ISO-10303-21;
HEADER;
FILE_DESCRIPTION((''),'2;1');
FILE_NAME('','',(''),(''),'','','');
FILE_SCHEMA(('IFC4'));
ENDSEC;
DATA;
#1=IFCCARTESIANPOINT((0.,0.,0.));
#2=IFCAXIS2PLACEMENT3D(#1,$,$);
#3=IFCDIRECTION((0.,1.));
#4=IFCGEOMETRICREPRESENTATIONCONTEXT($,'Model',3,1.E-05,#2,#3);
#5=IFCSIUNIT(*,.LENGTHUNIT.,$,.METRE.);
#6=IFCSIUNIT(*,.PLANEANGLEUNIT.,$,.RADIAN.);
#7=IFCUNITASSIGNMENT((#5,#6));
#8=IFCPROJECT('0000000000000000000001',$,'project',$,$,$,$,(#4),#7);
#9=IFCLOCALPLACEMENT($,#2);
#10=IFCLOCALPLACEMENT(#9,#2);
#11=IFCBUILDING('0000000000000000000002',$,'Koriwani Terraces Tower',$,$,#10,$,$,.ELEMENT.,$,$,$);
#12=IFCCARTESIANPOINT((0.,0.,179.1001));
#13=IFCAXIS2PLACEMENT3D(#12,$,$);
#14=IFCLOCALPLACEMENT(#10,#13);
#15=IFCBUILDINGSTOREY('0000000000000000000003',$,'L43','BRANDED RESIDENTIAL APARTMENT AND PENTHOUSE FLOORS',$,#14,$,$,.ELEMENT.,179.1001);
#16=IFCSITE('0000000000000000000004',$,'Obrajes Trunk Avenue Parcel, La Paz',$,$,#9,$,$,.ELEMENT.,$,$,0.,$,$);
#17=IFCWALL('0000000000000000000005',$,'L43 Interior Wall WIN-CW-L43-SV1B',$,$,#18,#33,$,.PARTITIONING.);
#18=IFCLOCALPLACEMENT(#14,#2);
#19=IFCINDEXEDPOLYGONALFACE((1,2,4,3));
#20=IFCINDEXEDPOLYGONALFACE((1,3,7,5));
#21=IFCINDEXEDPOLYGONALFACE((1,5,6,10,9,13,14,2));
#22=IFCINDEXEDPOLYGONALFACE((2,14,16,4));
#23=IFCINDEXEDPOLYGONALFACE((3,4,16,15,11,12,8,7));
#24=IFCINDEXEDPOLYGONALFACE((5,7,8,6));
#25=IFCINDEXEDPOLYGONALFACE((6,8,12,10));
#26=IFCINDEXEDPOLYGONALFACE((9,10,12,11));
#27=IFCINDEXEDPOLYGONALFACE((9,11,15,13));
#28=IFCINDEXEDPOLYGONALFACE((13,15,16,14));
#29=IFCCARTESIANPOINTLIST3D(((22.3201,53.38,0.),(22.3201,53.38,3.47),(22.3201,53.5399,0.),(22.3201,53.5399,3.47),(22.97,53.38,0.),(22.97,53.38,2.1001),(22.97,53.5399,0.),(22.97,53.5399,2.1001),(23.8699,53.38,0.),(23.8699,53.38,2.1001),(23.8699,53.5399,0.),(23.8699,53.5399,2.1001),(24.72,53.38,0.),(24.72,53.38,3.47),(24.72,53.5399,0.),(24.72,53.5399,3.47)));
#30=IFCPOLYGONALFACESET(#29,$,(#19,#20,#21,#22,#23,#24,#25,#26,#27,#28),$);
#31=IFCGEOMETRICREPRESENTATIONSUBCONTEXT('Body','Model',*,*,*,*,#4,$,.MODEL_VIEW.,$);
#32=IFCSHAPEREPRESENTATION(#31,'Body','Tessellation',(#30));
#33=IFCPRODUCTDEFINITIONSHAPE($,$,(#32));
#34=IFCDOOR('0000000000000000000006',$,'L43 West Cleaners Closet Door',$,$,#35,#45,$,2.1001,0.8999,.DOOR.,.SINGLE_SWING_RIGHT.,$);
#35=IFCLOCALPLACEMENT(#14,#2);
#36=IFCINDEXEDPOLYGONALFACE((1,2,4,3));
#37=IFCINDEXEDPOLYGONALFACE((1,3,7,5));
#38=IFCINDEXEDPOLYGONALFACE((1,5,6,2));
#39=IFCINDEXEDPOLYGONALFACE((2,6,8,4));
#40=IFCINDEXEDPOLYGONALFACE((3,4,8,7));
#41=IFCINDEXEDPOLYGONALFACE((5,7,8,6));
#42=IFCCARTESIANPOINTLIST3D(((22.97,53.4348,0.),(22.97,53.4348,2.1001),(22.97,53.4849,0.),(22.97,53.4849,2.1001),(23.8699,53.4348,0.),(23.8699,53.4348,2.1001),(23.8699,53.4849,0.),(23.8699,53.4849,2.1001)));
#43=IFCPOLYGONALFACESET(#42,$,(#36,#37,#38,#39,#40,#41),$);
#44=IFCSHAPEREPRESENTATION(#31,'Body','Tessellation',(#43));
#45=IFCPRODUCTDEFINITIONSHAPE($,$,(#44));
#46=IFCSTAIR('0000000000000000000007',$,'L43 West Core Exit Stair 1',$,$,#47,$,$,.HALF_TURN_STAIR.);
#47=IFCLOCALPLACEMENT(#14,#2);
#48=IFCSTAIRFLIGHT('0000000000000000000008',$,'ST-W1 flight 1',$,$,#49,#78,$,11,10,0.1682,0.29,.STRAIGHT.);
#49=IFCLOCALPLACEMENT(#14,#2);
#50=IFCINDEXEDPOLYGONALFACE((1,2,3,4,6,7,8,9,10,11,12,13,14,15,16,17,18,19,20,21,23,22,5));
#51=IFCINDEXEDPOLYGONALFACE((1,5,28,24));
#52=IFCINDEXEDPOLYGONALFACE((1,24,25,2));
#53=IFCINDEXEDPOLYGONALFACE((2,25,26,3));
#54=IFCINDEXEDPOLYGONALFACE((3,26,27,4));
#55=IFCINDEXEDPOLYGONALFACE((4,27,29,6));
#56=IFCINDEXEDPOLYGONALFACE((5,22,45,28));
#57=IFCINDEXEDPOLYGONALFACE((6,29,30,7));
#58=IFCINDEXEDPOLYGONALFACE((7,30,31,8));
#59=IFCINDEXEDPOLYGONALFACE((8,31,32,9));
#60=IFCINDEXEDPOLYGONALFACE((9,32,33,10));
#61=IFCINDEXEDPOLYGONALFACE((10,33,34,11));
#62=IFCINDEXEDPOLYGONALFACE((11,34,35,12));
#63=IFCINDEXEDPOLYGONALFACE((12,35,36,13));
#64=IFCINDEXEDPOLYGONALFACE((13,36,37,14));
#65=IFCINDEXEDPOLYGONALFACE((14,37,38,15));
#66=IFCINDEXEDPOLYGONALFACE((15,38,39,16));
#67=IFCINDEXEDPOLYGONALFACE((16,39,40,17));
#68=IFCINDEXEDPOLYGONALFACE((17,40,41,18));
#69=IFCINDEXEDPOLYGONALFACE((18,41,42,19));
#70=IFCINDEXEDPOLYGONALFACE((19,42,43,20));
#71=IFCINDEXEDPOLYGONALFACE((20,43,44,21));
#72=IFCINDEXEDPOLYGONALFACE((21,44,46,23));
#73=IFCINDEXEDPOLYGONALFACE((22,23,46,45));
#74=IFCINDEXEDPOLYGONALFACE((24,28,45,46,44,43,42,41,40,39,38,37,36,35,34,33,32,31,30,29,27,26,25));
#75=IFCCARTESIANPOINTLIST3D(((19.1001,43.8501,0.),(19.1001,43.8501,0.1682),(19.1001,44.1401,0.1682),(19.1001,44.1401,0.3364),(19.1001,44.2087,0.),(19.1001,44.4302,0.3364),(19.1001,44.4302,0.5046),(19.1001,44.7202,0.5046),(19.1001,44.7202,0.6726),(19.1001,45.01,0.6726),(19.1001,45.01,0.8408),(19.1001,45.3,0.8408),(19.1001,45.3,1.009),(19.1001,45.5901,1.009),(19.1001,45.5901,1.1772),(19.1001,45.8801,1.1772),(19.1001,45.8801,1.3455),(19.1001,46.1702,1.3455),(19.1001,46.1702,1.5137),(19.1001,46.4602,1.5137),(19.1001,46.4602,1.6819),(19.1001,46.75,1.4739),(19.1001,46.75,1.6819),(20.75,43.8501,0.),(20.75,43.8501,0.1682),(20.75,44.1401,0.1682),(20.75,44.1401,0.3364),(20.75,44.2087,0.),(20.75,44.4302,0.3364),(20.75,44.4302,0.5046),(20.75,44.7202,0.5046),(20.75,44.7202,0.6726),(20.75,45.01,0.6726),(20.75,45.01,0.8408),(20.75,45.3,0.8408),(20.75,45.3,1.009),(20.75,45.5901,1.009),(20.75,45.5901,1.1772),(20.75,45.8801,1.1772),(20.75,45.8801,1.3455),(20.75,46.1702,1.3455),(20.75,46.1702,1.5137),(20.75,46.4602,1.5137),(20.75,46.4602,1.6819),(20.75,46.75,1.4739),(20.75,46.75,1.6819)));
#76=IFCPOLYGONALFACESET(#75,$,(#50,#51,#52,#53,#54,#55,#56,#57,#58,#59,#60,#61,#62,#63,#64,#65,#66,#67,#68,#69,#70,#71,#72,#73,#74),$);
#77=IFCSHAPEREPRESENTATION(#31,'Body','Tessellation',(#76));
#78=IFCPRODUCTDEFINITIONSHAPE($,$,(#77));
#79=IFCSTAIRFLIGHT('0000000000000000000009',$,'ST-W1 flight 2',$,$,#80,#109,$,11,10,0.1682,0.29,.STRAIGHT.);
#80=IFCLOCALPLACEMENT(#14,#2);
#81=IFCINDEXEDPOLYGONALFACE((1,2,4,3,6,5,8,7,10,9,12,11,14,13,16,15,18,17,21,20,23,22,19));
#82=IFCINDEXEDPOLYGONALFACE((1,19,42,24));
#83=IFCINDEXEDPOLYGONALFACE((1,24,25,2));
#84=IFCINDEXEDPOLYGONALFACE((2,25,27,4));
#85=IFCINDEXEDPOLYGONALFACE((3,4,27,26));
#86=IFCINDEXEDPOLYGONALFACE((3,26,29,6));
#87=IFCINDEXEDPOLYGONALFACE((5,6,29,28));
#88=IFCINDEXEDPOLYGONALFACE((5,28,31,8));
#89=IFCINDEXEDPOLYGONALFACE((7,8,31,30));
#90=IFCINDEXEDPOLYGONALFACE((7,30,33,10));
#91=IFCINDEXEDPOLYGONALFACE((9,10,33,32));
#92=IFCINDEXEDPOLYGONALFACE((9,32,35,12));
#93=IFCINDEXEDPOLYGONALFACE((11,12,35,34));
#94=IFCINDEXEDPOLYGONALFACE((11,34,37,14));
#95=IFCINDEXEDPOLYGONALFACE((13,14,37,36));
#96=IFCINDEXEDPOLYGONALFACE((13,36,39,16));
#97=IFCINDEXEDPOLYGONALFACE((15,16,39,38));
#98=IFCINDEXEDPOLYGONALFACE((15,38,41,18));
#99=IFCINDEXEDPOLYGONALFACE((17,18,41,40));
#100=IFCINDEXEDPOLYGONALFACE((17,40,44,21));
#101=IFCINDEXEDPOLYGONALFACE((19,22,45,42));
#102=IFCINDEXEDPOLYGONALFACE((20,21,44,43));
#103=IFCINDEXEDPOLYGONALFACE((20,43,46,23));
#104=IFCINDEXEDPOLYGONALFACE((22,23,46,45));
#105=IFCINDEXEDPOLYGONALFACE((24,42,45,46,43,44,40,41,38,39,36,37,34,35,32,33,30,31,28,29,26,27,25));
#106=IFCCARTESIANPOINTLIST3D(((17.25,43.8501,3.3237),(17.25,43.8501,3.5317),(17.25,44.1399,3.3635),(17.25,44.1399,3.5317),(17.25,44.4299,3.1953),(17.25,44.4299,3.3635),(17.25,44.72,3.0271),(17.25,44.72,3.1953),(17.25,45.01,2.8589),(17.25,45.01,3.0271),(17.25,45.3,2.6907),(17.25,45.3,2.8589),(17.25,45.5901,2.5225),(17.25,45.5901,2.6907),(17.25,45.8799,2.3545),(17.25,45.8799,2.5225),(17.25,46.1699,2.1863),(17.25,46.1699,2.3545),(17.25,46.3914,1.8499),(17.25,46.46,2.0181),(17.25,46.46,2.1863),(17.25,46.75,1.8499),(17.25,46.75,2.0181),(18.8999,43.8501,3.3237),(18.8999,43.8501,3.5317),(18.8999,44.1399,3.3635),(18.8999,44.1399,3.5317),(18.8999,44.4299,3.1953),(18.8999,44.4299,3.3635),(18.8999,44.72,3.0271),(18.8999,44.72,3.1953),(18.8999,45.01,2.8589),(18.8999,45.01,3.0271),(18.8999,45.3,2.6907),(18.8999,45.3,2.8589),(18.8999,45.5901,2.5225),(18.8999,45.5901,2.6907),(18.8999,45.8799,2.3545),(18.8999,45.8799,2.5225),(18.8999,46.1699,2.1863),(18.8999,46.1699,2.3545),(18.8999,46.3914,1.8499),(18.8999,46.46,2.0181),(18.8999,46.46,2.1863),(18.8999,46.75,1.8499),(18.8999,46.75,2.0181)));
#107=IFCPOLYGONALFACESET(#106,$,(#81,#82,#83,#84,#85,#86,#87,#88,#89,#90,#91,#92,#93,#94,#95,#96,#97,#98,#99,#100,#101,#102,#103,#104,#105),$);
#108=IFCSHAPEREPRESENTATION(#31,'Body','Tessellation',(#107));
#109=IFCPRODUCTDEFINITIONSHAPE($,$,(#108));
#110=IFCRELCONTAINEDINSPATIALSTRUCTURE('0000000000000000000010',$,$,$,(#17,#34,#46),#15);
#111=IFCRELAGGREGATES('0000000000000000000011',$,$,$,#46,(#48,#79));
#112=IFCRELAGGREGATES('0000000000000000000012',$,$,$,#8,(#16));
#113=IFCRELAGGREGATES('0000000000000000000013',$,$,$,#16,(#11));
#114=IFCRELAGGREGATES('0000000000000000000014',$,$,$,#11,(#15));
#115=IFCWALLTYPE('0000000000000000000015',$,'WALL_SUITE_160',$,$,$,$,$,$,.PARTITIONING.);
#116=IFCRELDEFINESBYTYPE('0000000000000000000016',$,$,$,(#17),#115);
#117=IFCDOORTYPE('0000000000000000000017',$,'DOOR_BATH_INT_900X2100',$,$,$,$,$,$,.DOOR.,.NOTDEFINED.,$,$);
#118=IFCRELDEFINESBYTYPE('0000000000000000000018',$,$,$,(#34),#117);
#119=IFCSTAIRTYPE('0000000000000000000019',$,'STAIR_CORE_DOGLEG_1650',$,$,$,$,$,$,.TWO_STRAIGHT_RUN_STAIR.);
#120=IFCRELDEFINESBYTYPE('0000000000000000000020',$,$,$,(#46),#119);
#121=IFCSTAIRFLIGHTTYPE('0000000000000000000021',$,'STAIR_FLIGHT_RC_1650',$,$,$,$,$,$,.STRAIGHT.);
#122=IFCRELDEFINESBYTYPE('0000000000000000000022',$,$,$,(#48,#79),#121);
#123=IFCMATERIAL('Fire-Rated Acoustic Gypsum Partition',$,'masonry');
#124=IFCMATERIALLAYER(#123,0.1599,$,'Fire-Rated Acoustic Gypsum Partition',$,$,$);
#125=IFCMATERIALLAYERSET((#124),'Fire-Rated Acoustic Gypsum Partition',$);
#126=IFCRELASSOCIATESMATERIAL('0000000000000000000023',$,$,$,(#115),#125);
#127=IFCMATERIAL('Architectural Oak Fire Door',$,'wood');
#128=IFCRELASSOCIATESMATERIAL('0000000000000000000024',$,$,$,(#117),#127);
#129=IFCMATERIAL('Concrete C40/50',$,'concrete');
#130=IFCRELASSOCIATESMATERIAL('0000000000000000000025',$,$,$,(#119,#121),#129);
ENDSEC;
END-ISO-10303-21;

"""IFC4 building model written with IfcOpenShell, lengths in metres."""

from ifc_helpers import new_model, si_unit, direction, frame, frame_2d, origin, place, context, subcontext, project, spatial, polyline, rectangle, outline, extrude, material, layer, layer_set, type_object, element, fill, aggregate, save


model = new_model("IFC4")

# Units and contexts
model_context = context("Model", 3, precision=1e-05, world=origin(), true_north=direction((0.0, 1.0)))
body_context = subcontext(model_context, "Body", "Model", "MODEL_VIEW")
ifc_project = project(units=[si_unit("LENGTHUNIT", "METRE"), si_unit("PLANEANGLEUNIT", "RADIAN")], contexts=[model_context])

# Site, building, storey
site_placement = place(None, origin())
site = spatial("IfcSite", under=ifc_project, at=site_placement, Name="Obrajes Trunk Avenue Parcel, La Paz", CompositionType="ELEMENT", RefElevation=0.0)
building_placement = place(site_placement, origin())
building = spatial("IfcBuilding", under=site, at=building_placement, Name="Koriwani Terraces Tower", CompositionType="ELEMENT")
storey_placement = place(building_placement, frame((0.0, 0.0, 179.1001)))
storey = spatial("IfcBuildingStorey", under=building, at=storey_placement, Name="L43", Description="BRANDED RESIDENTIAL APARTMENT AND PENTHOUSE FLOORS", CompositionType="ELEMENT", Elevation=179.1001)

# Shared definitions
ifc_material_1 = material(Name="Concrete C40/50", Category="concrete")

# Wall, opening, door
ifc_material_2 = material(Name="Fire-Rated Acoustic Gypsum Partition", Category="masonry")
ifc_layer_1 = layer(ifc_material_2, 0.1599, Name="Fire-Rated Acoustic Gypsum Partition")
ifc_layer_set_1 = layer_set([ifc_layer_1], Name="Fire-Rated Acoustic Gypsum Partition")
wall_type_1 = type_object("IfcWallType", Name="WALL_SUITE_160", PredefinedType="PARTITIONING", material=ifc_layer_set_1)
ifc_material_3 = material(Name="Architectural Oak Fire Door", Category="wood")
door_type_1 = type_object("IfcDoorType", Name="DOOR_BATH_INT_900X2100", OperationType="NOTDEFINED", PredefinedType="DOOR", material=ifc_material_3)
wall_1_placement = place(storey_placement, frame((22.3201, 53.46, 0.0), z_axis=(0.0, 0.0, 1.0), x_axis=(1.0, 0.0, 0.0)))
wall_1 = element("IfcWall", 1, at=wall_1_placement, inside=storey, type_object=wall_type_1, Name="L43 Interior Wall WIN-CW-L43-SV1B", PredefinedType="PARTITIONING", context=body_context, shape_type="SweptSolid", body=[
    extrude(rectangle(XDim=2.3999, YDim=0.1599, at=frame_2d((1.2, 0.0))), origin(), (0.0, 0.0, 1.0), 3.47),
])
opening_1_placement = place(wall_1_placement, frame((0.6499, 0.0, 0.0)))
opening_1 = element("IfcOpeningElement", 2, at=opening_1_placement, cuts=wall_1, PredefinedType="OPENING", context=body_context, shape_type="SweptSolid", body=[
    extrude(rectangle(XDim=0.8999, YDim=2.1001, at=frame_2d((0.45, 1.05))), frame((0.0, 0.0898, 0.0), z_axis=(0.0, -1.0, 0.0), x_axis=(1.0, 0.0, 0.0)), (0.0, 0.0, 1.0), 0.1799),
])
door_1_placement = place(opening_1_placement, origin())
door_1 = element("IfcDoor", 3, at=door_1_placement, inside=storey, type_object=door_type_1, Name="L43 West Cleaners Closet Door", OperationType="SINGLE_SWING_RIGHT", OverallHeight=2.1001, OverallWidth=0.8999, PredefinedType="DOOR", context=body_context, shape_type="SweptSolid", body=[
    extrude(rectangle(XDim=0.8999, YDim=2.1001, at=frame_2d((0.45, 1.05))), frame((0.0, 0.0249, 0.0), z_axis=(0.0, -1.0, 0.0), x_axis=(1.0, 0.0, 0.0)), (0.0, 0.0, 1.0), 0.05),
])
fill(opening_1, door_1)

# Stair, stair flights
stair_type = type_object("IfcStairType", Name="STAIR_CORE_DOGLEG_1650", PredefinedType="TWO_STRAIGHT_RUN_STAIR", material=ifc_material_1)
stair_placement = place(storey_placement, origin())
stair = element("IfcStair", 4, at=stair_placement, inside=storey, type_object=stair_type, Name="L43 West Core Exit Stair 1", PredefinedType="HALF_TURN_STAIR")
stair_flight_type = type_object("IfcStairFlightType", Name="STAIR_FLIGHT_RC_1650", PredefinedType="STRAIGHT", material=ifc_material_1)
stair_flight_1_placement = place(storey_placement, frame((19.925, 43.8501, 0.0), z_axis=(0.0, 0.0, 1.0), x_axis=(0.0, 1.0, 0.0)))
stair_flight_1 = element("IfcStairFlight", 5, at=stair_flight_1_placement, type_object=stair_flight_type, Name="ST-W1 flight 1", NumberOfRisers=11, NumberOfTreads=10, PredefinedType="STRAIGHT", RiserHeight=0.1682, TreadLength=0.29, context=body_context, shape_type="SweptSolid", body=[
    extrude(outline(polyline([(0.0, 0.0), (0.0, 0.1682), (0.29, 0.1682), (0.29, 0.3364), (0.5801, 0.3364), (0.5801, 0.5046), (0.8701, 0.5046), (0.8701, 0.6726), (1.1599, 0.6726), (1.1599, 0.8408), (1.45, 0.8408), (1.45, 1.009), (1.74, 1.009), (1.74, 1.1772), (2.03, 1.1772), (2.03, 1.3455), (2.3201, 1.3455), (2.3201, 1.5137), (2.6101, 1.5137), (2.6101, 1.6819), (2.8999, 1.6819), (2.8999, 1.8501), (2.8999, 1.4739), (0.3586, 0.0), (0.0, 0.0)])), frame((0.0, 0.825, 0.0), z_axis=(0.0, -1.0, 0.0), x_axis=(1.0, 0.0, 0.0)), (0.0, 0.0, 1.0), 1.6499),
])
stair_flight_2_placement = place(storey_placement, frame((18.075, 46.75, 1.8499), z_axis=(0.0, 0.0, 1.0), x_axis=(0.0, -1.0, 0.0)))
stair_flight_2 = element("IfcStairFlight", 6, at=stair_flight_2_placement, type_object=stair_flight_type, Name="ST-W1 flight 2", NumberOfRisers=11, NumberOfTreads=10, PredefinedType="STRAIGHT", RiserHeight=0.1682, TreadLength=0.29, context=body_context, shape_type="SweptSolid", body=[
    extrude(outline(polyline([(0.0, 0.0), (0.0, 0.1682), (0.29, 0.1682), (0.29, 0.3364), (0.5801, 0.3364), (0.5801, 0.5046), (0.8701, 0.5046), (0.8701, 0.6726), (1.1599, 0.6726), (1.1599, 0.8408), (1.45, 0.8408), (1.45, 1.009), (1.74, 1.009), (1.74, 1.1772), (2.03, 1.1772), (2.03, 1.3455), (2.3201, 1.3455), (2.3201, 1.5137), (2.6101, 1.5137), (2.6101, 1.6819), (2.8999, 1.6819), (2.8999, 1.8501), (2.8999, 1.4739), (0.3586, 0.0), (0.0, 0.0)])), frame((0.0, 0.825, 0.0), z_axis=(0.0, -1.0, 0.0), x_axis=(1.0, 0.0, 0.0)), (0.0, 0.0, 1.0), 1.6499),
])
aggregate(stair, [stair_flight_1, stair_flight_2])

save(model, "model.ifc")
